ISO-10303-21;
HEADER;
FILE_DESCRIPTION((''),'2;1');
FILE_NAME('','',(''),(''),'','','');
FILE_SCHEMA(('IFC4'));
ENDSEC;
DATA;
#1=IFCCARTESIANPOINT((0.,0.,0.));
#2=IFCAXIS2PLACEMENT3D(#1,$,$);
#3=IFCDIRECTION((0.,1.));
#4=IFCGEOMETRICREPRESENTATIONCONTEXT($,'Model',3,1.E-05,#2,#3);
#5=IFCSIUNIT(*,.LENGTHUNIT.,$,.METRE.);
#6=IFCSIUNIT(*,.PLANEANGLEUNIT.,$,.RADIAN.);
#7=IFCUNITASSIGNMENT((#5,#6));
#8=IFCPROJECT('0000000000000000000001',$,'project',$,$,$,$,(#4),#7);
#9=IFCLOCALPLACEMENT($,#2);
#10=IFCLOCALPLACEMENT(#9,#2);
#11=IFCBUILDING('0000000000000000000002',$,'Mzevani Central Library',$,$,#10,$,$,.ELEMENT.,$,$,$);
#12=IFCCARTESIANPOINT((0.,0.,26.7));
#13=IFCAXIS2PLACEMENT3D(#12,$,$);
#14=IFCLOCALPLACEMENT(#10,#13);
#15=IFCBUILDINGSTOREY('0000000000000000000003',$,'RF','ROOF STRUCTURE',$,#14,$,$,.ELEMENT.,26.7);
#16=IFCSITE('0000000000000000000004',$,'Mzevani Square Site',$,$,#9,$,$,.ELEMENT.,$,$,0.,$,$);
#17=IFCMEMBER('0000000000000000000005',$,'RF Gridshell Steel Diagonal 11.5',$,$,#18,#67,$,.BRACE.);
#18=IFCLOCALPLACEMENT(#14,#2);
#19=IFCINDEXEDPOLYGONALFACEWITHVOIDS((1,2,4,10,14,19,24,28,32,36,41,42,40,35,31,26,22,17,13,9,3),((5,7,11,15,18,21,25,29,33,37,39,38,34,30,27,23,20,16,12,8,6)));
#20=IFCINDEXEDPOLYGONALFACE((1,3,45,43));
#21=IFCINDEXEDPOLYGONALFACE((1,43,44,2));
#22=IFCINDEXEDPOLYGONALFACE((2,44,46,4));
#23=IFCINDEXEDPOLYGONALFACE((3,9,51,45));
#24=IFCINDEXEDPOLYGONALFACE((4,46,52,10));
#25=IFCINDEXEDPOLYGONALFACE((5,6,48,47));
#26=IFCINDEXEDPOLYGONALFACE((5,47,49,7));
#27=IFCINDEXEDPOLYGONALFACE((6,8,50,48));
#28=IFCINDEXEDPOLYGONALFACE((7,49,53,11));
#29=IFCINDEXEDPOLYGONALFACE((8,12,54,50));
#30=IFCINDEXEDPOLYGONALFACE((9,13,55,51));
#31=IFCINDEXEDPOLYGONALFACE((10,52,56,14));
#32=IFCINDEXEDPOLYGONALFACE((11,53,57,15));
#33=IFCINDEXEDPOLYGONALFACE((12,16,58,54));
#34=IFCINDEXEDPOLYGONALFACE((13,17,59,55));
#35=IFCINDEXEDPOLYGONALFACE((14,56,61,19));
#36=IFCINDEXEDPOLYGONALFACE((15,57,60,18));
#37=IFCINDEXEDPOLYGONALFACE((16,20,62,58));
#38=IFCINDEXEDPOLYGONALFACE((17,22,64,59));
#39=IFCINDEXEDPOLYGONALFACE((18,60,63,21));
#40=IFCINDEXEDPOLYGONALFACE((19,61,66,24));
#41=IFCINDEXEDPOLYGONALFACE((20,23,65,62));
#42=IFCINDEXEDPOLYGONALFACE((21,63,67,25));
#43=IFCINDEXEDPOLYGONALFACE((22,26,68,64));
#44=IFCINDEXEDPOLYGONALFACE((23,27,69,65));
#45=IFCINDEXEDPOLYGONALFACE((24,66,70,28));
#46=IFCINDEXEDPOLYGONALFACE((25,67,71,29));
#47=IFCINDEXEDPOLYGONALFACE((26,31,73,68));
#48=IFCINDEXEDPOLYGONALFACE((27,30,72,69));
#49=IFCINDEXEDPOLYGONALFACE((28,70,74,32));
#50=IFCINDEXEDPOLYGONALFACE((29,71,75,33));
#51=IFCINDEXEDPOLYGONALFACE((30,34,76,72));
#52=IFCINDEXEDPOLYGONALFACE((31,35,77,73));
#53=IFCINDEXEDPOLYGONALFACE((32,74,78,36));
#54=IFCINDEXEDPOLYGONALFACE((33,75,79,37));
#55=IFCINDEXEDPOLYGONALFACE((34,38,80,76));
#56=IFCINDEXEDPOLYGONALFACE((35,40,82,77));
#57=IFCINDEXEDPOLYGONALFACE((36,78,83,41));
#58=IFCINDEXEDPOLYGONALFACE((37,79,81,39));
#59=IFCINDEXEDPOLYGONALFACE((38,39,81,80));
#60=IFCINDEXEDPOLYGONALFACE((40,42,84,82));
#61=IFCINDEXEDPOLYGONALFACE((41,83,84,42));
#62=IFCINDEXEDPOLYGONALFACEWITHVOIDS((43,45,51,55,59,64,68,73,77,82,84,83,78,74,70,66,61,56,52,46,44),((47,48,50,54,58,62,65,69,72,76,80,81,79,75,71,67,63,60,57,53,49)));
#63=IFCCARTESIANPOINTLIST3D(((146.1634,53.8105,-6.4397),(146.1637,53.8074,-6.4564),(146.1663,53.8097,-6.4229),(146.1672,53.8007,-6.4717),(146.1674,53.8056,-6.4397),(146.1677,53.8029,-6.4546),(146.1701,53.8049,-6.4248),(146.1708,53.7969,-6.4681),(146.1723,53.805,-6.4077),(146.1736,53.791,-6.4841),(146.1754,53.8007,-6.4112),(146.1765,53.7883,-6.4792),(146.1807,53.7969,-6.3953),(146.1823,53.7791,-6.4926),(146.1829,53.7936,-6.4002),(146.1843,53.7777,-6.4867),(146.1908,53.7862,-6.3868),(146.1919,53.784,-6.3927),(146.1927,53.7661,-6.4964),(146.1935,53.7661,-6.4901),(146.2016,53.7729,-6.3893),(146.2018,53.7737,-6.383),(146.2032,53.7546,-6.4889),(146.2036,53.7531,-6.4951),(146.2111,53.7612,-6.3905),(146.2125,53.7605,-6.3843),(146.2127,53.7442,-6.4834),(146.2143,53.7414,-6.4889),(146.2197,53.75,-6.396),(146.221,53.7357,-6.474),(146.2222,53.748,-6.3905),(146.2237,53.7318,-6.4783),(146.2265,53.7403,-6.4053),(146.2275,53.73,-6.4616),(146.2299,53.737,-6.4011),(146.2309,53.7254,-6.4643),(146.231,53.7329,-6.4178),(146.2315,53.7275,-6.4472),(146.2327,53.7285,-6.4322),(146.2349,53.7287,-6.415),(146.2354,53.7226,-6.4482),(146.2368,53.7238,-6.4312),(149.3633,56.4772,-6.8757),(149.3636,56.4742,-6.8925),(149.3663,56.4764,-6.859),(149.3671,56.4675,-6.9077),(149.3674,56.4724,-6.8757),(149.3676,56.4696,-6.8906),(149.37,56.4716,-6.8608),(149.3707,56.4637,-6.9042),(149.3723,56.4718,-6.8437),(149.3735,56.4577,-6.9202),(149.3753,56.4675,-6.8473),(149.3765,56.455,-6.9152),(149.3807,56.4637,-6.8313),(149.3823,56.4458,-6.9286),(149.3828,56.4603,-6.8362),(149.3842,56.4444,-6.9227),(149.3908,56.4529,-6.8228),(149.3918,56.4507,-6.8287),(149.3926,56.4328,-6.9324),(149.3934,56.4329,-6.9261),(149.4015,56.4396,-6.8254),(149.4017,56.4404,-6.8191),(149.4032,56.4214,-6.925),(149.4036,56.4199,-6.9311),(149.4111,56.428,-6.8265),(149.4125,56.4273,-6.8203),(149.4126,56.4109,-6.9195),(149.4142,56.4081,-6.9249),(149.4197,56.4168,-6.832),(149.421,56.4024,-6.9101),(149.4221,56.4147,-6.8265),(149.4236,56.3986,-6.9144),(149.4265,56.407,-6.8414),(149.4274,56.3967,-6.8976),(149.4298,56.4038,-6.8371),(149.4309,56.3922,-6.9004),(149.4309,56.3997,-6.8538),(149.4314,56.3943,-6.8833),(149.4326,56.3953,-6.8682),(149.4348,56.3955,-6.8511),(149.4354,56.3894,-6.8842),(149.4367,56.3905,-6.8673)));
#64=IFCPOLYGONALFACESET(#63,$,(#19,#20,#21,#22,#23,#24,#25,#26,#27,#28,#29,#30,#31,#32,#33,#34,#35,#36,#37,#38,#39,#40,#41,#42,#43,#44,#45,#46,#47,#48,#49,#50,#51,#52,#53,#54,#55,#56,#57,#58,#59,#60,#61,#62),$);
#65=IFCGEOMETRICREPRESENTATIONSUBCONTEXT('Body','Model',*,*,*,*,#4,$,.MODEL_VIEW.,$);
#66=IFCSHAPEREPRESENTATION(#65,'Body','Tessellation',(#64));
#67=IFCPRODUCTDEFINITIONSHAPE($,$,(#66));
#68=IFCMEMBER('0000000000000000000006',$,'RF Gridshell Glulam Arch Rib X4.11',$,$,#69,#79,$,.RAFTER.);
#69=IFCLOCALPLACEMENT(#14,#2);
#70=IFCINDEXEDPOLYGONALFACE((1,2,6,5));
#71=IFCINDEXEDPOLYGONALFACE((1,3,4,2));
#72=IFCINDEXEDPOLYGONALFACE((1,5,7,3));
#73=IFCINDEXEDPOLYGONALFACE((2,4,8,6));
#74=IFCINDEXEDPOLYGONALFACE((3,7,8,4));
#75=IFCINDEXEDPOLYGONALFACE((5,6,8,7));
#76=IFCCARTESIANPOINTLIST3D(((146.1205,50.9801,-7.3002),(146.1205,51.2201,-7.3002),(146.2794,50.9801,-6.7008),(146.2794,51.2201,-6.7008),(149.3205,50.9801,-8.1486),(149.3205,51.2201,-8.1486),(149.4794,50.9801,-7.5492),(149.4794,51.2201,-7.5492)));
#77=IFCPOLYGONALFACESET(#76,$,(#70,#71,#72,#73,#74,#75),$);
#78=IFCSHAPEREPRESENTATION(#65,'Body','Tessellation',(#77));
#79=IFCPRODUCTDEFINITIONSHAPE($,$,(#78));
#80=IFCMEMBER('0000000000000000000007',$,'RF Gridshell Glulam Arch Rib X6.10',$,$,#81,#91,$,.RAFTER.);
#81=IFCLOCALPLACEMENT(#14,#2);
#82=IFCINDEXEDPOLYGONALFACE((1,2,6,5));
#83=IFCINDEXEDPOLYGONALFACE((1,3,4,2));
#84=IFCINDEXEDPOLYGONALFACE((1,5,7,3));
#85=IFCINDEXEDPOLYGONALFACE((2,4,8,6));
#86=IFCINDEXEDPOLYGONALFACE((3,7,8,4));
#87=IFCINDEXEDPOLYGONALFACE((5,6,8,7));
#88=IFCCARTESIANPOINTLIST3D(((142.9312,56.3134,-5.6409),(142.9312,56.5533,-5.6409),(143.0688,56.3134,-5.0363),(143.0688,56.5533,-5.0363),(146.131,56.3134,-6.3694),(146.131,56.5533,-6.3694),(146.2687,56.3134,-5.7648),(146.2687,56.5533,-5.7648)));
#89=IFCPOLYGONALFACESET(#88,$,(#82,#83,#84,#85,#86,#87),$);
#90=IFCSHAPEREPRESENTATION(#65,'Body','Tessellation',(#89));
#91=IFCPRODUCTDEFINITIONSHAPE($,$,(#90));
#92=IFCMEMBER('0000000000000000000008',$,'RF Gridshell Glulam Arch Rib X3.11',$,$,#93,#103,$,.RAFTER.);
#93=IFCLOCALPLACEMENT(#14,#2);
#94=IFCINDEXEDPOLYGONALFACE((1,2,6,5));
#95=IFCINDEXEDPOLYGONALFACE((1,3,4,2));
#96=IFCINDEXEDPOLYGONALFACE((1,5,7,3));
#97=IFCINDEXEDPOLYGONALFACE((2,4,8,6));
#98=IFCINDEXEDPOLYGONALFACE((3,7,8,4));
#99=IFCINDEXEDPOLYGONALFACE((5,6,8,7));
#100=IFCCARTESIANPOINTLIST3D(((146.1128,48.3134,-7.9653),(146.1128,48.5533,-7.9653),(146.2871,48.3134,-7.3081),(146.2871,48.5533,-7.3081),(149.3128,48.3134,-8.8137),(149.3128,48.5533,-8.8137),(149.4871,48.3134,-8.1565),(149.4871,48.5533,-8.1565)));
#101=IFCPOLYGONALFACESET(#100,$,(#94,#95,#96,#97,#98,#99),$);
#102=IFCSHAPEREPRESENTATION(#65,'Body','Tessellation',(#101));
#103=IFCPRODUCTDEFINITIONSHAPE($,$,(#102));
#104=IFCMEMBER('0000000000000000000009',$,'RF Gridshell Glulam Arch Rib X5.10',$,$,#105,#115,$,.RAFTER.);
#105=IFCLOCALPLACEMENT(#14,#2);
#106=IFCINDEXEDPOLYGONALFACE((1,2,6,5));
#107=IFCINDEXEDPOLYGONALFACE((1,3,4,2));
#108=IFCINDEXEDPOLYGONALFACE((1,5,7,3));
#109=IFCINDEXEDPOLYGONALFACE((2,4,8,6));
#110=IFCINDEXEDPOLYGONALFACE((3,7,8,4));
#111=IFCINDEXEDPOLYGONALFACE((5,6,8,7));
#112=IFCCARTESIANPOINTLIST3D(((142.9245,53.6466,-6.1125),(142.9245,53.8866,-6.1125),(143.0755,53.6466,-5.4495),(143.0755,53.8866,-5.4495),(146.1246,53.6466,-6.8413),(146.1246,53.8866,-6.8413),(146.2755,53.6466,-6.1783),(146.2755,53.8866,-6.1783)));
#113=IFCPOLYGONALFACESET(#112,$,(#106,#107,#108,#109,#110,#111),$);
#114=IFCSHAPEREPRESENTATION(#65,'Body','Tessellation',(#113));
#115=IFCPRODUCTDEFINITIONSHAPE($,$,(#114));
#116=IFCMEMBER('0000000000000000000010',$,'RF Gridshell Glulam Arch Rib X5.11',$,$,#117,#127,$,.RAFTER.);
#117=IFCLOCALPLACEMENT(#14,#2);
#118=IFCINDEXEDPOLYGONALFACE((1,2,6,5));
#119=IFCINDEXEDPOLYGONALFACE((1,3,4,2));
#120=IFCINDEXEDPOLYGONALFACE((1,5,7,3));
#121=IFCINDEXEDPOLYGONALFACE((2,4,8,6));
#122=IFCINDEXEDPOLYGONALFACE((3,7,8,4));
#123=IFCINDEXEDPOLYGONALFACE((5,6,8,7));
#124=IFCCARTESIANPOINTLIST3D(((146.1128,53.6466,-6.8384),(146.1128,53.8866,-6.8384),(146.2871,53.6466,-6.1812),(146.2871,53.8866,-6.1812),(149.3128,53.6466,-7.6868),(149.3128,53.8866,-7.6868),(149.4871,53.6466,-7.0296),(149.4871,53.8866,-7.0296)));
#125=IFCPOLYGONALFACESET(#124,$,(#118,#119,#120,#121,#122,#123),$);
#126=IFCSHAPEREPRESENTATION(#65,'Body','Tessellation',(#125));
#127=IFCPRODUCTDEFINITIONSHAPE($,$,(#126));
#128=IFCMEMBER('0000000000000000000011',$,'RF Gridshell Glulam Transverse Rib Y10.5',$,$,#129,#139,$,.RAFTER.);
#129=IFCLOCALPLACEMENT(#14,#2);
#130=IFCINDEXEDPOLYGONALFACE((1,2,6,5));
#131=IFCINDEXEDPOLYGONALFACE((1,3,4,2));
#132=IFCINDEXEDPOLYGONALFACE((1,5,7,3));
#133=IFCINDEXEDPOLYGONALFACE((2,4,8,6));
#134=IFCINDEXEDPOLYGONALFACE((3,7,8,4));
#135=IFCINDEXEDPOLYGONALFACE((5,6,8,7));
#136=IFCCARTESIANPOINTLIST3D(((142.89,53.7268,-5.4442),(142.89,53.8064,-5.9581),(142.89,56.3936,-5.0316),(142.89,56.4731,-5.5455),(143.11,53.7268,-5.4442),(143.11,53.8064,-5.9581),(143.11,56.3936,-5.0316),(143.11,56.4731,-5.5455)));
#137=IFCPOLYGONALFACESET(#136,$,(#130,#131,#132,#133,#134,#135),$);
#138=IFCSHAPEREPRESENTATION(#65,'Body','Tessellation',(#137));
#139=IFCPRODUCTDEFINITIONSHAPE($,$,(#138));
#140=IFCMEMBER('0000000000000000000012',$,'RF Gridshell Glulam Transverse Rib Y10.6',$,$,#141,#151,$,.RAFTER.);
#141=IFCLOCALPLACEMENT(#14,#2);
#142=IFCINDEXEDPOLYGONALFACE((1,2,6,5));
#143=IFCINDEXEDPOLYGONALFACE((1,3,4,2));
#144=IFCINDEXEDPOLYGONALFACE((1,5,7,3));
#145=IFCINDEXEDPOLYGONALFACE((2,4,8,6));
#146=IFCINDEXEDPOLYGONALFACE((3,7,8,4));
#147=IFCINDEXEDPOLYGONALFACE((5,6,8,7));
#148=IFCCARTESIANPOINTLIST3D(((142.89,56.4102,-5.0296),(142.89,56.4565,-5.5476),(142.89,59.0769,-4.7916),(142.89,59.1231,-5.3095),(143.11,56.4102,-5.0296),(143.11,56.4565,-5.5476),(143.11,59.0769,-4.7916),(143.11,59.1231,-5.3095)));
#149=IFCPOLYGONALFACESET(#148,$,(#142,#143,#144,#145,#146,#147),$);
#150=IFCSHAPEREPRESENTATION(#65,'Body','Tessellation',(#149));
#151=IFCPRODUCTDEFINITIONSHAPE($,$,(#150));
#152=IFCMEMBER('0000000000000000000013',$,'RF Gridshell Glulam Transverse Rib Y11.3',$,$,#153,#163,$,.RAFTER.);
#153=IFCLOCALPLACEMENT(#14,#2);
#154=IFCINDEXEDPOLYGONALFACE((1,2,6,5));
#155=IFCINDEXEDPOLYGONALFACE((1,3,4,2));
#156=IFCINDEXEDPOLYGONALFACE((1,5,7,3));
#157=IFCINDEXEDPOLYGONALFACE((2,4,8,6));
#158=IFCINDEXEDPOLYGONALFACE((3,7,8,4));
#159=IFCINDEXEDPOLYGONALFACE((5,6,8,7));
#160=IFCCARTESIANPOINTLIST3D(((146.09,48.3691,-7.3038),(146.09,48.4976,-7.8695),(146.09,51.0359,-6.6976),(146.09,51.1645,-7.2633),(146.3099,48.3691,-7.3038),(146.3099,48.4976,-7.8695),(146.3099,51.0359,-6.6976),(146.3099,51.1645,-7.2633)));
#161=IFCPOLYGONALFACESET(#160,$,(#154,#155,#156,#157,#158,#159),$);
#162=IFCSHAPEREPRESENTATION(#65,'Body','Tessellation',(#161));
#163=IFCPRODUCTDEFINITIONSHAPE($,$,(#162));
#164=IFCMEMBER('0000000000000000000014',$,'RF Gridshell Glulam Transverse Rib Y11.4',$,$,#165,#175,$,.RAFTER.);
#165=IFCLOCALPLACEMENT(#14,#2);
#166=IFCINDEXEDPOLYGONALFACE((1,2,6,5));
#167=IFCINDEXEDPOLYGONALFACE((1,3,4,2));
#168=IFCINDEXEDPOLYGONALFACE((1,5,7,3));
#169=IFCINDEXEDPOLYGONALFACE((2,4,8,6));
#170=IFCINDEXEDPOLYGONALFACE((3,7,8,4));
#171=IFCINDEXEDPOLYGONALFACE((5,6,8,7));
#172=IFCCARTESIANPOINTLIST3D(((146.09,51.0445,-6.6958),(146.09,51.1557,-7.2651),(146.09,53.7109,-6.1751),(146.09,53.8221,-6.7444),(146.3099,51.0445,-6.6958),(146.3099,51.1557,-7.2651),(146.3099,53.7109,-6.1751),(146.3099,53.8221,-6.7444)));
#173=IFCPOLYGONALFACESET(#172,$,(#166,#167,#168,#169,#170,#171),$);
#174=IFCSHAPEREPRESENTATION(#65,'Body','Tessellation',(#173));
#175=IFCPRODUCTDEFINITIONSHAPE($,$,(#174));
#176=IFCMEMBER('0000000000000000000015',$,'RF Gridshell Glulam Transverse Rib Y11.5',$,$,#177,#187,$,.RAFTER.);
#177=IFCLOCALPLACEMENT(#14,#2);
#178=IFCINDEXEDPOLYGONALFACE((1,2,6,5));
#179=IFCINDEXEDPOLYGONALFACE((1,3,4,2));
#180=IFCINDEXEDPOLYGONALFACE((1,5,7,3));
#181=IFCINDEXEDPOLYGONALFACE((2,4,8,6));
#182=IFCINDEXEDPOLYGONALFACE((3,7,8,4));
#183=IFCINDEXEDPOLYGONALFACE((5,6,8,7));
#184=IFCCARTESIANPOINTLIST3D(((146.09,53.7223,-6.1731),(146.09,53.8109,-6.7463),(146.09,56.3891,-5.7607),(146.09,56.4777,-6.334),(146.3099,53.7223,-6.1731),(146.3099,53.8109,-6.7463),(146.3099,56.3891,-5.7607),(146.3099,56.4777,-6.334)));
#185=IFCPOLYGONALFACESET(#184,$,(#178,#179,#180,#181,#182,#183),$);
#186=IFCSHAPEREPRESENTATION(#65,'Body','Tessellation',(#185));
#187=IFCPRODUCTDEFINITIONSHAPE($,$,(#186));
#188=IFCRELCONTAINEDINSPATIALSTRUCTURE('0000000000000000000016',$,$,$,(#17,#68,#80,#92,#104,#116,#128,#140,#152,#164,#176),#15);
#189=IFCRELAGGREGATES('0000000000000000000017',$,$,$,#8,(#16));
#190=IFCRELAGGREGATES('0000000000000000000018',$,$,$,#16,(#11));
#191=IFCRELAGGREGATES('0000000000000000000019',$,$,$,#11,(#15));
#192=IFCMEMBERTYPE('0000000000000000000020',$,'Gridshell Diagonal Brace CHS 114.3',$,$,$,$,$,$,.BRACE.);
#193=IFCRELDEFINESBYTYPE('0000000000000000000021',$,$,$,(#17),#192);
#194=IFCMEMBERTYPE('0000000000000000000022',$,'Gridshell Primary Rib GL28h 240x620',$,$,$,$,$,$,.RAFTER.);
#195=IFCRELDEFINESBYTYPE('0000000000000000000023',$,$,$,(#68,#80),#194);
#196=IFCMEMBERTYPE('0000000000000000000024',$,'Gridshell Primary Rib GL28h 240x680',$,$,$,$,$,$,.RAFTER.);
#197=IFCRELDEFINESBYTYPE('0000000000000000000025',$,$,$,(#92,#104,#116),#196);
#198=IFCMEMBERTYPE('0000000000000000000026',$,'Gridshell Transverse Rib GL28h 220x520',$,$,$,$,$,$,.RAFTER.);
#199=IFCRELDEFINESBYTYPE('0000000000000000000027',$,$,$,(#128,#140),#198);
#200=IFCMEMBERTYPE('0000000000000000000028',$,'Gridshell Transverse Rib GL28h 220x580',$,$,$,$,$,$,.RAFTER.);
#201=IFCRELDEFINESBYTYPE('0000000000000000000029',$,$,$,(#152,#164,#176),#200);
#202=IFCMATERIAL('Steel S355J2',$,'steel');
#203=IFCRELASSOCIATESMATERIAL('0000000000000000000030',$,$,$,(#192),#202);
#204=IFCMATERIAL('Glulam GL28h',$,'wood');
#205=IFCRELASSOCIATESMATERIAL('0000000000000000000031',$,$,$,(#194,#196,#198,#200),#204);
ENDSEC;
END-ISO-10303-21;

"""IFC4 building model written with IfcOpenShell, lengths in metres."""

from ifc_helpers import new_model, si_unit, direction, frame, origin, origin_2d, place, context, subcontext, project, spatial, rectangle, hollow_circle, extrude, material, material_profile, profile_set, type_object, element, save


model = new_model("IFC4")

# Units and contexts
model_context = context("Model", 3, precision=1e-05, world=origin(), true_north=direction((0.0, 1.0)))
body_context = subcontext(model_context, "Body", "Model", "MODEL_VIEW")
ifc_project = project(units=[si_unit("LENGTHUNIT", "METRE"), si_unit("PLANEANGLEUNIT", "RADIAN")], contexts=[model_context])

# Site, building, storey
site_placement = place(None, origin())
site = spatial("IfcSite", under=ifc_project, at=site_placement, Name="Mzevani Square Site", CompositionType="ELEMENT", RefElevation=0.0)
building_placement = place(site_placement, origin())
building = spatial("IfcBuilding", under=site, at=building_placement, Name="Mzevani Central Library", CompositionType="ELEMENT")
storey_placement = place(building_placement, frame((0.0, 0.0, 26.7)))
storey = spatial("IfcBuildingStorey", under=building, at=storey_placement, Name="RF", Description="ROOF STRUCTURE", CompositionType="ELEMENT", Elevation=26.7)

# Members
ifc_material_1 = material(Name="Steel S355J2", Category="steel")
ifc_material_profile_1 = material_profile(ifc_material_1, hollow_circle(Radius=0.0571, WallThickness=0.0063, at=origin_2d()), Name="CHS 114.3x6.3")
ifc_profile_set_1 = profile_set([ifc_material_profile_1], Name="Steel S355J2")
member_type_1 = type_object("IfcMemberType", Name="Gridshell Diagonal Brace CHS 114.3", PredefinedType="BRACE", material=ifc_profile_set_1)
member_1_placement = place(storey_placement, frame((146.2, 53.7666, -6.4397), z_axis=(0.764032, 0.636723, -0.104109), x_axis=(-0.640202, 0.768207, 0.0)))
element("IfcMember", 1, at=member_1_placement, inside=storey, type_object=member_type_1, Name="RF Gridshell Steel Diagonal 11.5", PredefinedType="BRACE", context=body_context, shape_type="SweptSolid", body=[
    extrude(hollow_circle(Radius=0.0571, WallThickness=0.0063, at=origin_2d()), origin(), (0.0, 0.0, 1.0), 4.1882),
])
ifc_material_2 = material(Name="Glulam GL28h", Category="wood")
ifc_material_profile_2 = material_profile(ifc_material_2, rectangle(XDim=0.24, YDim=0.6201, at=origin_2d()), Name="GL28h 240x620")
ifc_profile_set_2 = profile_set([ifc_material_profile_2], Name="Glulam GL28h")
member_type_2 = type_object("IfcMemberType", Name="Gridshell Primary Rib GL28h 240x620", PredefinedType="RAFTER", material=ifc_profile_set_2)
member_2_placement = place(storey_placement, frame((146.2, 51.1001, -7.0005), z_axis=(0.966605, 0.0, -0.256272), x_axis=(0.0, 1.0, 0.0)))
element("IfcMember", 2, at=member_2_placement, inside=storey, type_object=member_type_2, Name="RF Gridshell Glulam Arch Rib X4.11", PredefinedType="RAFTER", context=body_context, shape_type="SweptSolid", body=[
    extrude(rectangle(XDim=0.24, YDim=0.6201, at=origin_2d()), origin(), (0.0, 0.0, 1.0), 3.3105),
])
member_3_placement = place(storey_placement, frame((143.0, 56.4333, -5.3386), z_axis=(0.97505, 0.0, -0.221984), x_axis=(0.0, 1.0, 0.0)))
element("IfcMember", 3, at=member_3_placement, inside=storey, type_object=member_type_2, Name="RF Gridshell Glulam Arch Rib X6.10", PredefinedType="RAFTER", context=body_context, shape_type="SweptSolid", body=[
    extrude(rectangle(XDim=0.24, YDim=0.6201, at=origin_2d()), origin(), (0.0, 0.0, 1.0), 3.2817),
])
ifc_material_profile_3 = material_profile(ifc_material_2, rectangle(XDim=0.24, YDim=0.6799, at=origin_2d()), Name="GL28h 240x680")
ifc_profile_set_3 = profile_set([ifc_material_profile_3], Name="Glulam GL28h")
member_type_3 = type_object("IfcMemberType", Name="Gridshell Primary Rib GL28h 240x680", PredefinedType="RAFTER", material=ifc_profile_set_3)
member_4_placement = place(storey_placement, frame((146.2, 48.4333, -7.6367), z_axis=(0.966605, 0.0, -0.256272), x_axis=(0.0, 1.0, 0.0)))
element("IfcMember", 4, at=member_4_placement, inside=storey, type_object=member_type_3, Name="RF Gridshell Glulam Arch Rib X3.11", PredefinedType="RAFTER", context=body_context, shape_type="SweptSolid", body=[
    extrude(rectangle(XDim=0.24, YDim=0.6799, at=origin_2d()), origin(), (0.0, 0.0, 1.0), 3.3105),
])
member_5_placement = place(storey_placement, frame((143.0, 53.7666, -5.781), z_axis=(0.975034, 0.0, -0.222055), x_axis=(0.0, 1.0, 0.0)))
element("IfcMember", 5, at=member_5_placement, inside=storey, type_object=member_type_3, Name="RF Gridshell Glulam Arch Rib X5.10", PredefinedType="RAFTER", context=body_context, shape_type="SweptSolid", body=[
    extrude(rectangle(XDim=0.24, YDim=0.6799, at=origin_2d()), origin(), (0.0, 0.0, 1.0), 3.282),
])
member_6_placement = place(storey_placement, frame((146.2, 53.7666, -6.5098), z_axis=(0.966605, 0.0, -0.256272), x_axis=(0.0, 1.0, 0.0)))
element("IfcMember", 6, at=member_6_placement, inside=storey, type_object=member_type_3, Name="RF Gridshell Glulam Arch Rib X5.11", PredefinedType="RAFTER", context=body_context, shape_type="SweptSolid", body=[
    extrude(rectangle(XDim=0.24, YDim=0.6799, at=origin_2d()), origin(), (0.0, 0.0, 1.0), 3.3105),
])
ifc_material_profile_4 = material_profile(ifc_material_2, rectangle(XDim=0.22, YDim=0.52, at=origin_2d()), Name="GL28h 220x520")
ifc_profile_set_4 = profile_set([ifc_material_profile_4], Name="Glulam GL28h")
member_type_4 = type_object("IfcMemberType", Name="Gridshell Transverse Rib GL28h 220x520", PredefinedType="RAFTER", material=ifc_profile_set_4)
member_7_placement = place(storey_placement, frame((143.0, 53.7666, -5.7012), z_axis=(0.0, 0.988242, 0.1529), x_axis=(-1.0, 0.0, 0.0)))
element("IfcMember", 7, at=member_7_placement, inside=storey, type_object=member_type_4, Name="RF Gridshell Glulam Transverse Rib Y10.5", PredefinedType="RAFTER", context=body_context, shape_type="SweptSolid", body=[
    extrude(rectangle(XDim=0.22, YDim=0.52, at=origin_2d()), origin(), (0.0, 0.0, 1.0), 2.6985),
])
member_8_placement = place(storey_placement, frame((143.0, 56.4333, -5.2886), z_axis=(0.0, 0.99604, 0.088908), x_axis=(-1.0, 0.0, 0.0)))
element("IfcMember", 8, at=member_8_placement, inside=storey, type_object=member_type_4, Name="RF Gridshell Glulam Transverse Rib Y10.6", PredefinedType="RAFTER", context=body_context, shape_type="SweptSolid", body=[
    extrude(rectangle(XDim=0.22, YDim=0.52, at=origin_2d()), origin(), (0.0, 0.0, 1.0), 2.6772),
])
ifc_material_profile_5 = material_profile(ifc_material_2, rectangle(XDim=0.22, YDim=0.5801, at=origin_2d()), Name="GL28h 220x580")
ifc_profile_set_5 = profile_set([ifc_material_profile_5], Name="Glulam GL28h")
member_type_5 = type_object("IfcMemberType", Name="Gridshell Transverse Rib GL28h 220x580", PredefinedType="RAFTER", material=ifc_profile_set_5)
member_9_placement = place(storey_placement, frame((146.2, 48.4333, -7.5867), z_axis=(0.0, 0.975123, 0.221664), x_axis=(-1.0, 0.0, 0.0)))
element("IfcMember", 9, at=member_9_placement, inside=storey, type_object=member_type_5, Name="RF Gridshell Glulam Transverse Rib Y11.3", PredefinedType="RAFTER", context=body_context, shape_type="SweptSolid", body=[
    extrude(rectangle(XDim=0.22, YDim=0.5801, at=origin_2d()), origin(), (0.0, 0.0, 1.0), 2.7349),
])
member_10_placement = place(storey_placement, frame((146.2, 51.1001, -6.9805), z_axis=(0.0, 0.981459, 0.191673), x_axis=(-1.0, 0.0, 0.0)))
element("IfcMember", 10, at=member_10_placement, inside=storey, type_object=member_type_5, Name="RF Gridshell Glulam Transverse Rib Y11.4", PredefinedType="RAFTER", context=body_context, shape_type="SweptSolid", body=[
    extrude(rectangle(XDim=0.22, YDim=0.5801, at=origin_2d()), origin(), (0.0, 0.0, 1.0), 2.7168),
])
member_11_placement = place(storey_placement, frame((146.2, 53.7666, -6.4597), z_axis=(0.0, 0.988255, 0.152812), x_axis=(-1.0, 0.0, 0.0)))
element("IfcMember", 11, at=member_11_placement, inside=storey, type_object=member_type_5, Name="RF Gridshell Glulam Transverse Rib Y11.5", PredefinedType="RAFTER", context=body_context, shape_type="SweptSolid", body=[
    extrude(rectangle(XDim=0.22, YDim=0.5801, at=origin_2d()), origin(), (0.0, 0.0, 1.0), 2.6985),
])

save(model, "model.ifc")
